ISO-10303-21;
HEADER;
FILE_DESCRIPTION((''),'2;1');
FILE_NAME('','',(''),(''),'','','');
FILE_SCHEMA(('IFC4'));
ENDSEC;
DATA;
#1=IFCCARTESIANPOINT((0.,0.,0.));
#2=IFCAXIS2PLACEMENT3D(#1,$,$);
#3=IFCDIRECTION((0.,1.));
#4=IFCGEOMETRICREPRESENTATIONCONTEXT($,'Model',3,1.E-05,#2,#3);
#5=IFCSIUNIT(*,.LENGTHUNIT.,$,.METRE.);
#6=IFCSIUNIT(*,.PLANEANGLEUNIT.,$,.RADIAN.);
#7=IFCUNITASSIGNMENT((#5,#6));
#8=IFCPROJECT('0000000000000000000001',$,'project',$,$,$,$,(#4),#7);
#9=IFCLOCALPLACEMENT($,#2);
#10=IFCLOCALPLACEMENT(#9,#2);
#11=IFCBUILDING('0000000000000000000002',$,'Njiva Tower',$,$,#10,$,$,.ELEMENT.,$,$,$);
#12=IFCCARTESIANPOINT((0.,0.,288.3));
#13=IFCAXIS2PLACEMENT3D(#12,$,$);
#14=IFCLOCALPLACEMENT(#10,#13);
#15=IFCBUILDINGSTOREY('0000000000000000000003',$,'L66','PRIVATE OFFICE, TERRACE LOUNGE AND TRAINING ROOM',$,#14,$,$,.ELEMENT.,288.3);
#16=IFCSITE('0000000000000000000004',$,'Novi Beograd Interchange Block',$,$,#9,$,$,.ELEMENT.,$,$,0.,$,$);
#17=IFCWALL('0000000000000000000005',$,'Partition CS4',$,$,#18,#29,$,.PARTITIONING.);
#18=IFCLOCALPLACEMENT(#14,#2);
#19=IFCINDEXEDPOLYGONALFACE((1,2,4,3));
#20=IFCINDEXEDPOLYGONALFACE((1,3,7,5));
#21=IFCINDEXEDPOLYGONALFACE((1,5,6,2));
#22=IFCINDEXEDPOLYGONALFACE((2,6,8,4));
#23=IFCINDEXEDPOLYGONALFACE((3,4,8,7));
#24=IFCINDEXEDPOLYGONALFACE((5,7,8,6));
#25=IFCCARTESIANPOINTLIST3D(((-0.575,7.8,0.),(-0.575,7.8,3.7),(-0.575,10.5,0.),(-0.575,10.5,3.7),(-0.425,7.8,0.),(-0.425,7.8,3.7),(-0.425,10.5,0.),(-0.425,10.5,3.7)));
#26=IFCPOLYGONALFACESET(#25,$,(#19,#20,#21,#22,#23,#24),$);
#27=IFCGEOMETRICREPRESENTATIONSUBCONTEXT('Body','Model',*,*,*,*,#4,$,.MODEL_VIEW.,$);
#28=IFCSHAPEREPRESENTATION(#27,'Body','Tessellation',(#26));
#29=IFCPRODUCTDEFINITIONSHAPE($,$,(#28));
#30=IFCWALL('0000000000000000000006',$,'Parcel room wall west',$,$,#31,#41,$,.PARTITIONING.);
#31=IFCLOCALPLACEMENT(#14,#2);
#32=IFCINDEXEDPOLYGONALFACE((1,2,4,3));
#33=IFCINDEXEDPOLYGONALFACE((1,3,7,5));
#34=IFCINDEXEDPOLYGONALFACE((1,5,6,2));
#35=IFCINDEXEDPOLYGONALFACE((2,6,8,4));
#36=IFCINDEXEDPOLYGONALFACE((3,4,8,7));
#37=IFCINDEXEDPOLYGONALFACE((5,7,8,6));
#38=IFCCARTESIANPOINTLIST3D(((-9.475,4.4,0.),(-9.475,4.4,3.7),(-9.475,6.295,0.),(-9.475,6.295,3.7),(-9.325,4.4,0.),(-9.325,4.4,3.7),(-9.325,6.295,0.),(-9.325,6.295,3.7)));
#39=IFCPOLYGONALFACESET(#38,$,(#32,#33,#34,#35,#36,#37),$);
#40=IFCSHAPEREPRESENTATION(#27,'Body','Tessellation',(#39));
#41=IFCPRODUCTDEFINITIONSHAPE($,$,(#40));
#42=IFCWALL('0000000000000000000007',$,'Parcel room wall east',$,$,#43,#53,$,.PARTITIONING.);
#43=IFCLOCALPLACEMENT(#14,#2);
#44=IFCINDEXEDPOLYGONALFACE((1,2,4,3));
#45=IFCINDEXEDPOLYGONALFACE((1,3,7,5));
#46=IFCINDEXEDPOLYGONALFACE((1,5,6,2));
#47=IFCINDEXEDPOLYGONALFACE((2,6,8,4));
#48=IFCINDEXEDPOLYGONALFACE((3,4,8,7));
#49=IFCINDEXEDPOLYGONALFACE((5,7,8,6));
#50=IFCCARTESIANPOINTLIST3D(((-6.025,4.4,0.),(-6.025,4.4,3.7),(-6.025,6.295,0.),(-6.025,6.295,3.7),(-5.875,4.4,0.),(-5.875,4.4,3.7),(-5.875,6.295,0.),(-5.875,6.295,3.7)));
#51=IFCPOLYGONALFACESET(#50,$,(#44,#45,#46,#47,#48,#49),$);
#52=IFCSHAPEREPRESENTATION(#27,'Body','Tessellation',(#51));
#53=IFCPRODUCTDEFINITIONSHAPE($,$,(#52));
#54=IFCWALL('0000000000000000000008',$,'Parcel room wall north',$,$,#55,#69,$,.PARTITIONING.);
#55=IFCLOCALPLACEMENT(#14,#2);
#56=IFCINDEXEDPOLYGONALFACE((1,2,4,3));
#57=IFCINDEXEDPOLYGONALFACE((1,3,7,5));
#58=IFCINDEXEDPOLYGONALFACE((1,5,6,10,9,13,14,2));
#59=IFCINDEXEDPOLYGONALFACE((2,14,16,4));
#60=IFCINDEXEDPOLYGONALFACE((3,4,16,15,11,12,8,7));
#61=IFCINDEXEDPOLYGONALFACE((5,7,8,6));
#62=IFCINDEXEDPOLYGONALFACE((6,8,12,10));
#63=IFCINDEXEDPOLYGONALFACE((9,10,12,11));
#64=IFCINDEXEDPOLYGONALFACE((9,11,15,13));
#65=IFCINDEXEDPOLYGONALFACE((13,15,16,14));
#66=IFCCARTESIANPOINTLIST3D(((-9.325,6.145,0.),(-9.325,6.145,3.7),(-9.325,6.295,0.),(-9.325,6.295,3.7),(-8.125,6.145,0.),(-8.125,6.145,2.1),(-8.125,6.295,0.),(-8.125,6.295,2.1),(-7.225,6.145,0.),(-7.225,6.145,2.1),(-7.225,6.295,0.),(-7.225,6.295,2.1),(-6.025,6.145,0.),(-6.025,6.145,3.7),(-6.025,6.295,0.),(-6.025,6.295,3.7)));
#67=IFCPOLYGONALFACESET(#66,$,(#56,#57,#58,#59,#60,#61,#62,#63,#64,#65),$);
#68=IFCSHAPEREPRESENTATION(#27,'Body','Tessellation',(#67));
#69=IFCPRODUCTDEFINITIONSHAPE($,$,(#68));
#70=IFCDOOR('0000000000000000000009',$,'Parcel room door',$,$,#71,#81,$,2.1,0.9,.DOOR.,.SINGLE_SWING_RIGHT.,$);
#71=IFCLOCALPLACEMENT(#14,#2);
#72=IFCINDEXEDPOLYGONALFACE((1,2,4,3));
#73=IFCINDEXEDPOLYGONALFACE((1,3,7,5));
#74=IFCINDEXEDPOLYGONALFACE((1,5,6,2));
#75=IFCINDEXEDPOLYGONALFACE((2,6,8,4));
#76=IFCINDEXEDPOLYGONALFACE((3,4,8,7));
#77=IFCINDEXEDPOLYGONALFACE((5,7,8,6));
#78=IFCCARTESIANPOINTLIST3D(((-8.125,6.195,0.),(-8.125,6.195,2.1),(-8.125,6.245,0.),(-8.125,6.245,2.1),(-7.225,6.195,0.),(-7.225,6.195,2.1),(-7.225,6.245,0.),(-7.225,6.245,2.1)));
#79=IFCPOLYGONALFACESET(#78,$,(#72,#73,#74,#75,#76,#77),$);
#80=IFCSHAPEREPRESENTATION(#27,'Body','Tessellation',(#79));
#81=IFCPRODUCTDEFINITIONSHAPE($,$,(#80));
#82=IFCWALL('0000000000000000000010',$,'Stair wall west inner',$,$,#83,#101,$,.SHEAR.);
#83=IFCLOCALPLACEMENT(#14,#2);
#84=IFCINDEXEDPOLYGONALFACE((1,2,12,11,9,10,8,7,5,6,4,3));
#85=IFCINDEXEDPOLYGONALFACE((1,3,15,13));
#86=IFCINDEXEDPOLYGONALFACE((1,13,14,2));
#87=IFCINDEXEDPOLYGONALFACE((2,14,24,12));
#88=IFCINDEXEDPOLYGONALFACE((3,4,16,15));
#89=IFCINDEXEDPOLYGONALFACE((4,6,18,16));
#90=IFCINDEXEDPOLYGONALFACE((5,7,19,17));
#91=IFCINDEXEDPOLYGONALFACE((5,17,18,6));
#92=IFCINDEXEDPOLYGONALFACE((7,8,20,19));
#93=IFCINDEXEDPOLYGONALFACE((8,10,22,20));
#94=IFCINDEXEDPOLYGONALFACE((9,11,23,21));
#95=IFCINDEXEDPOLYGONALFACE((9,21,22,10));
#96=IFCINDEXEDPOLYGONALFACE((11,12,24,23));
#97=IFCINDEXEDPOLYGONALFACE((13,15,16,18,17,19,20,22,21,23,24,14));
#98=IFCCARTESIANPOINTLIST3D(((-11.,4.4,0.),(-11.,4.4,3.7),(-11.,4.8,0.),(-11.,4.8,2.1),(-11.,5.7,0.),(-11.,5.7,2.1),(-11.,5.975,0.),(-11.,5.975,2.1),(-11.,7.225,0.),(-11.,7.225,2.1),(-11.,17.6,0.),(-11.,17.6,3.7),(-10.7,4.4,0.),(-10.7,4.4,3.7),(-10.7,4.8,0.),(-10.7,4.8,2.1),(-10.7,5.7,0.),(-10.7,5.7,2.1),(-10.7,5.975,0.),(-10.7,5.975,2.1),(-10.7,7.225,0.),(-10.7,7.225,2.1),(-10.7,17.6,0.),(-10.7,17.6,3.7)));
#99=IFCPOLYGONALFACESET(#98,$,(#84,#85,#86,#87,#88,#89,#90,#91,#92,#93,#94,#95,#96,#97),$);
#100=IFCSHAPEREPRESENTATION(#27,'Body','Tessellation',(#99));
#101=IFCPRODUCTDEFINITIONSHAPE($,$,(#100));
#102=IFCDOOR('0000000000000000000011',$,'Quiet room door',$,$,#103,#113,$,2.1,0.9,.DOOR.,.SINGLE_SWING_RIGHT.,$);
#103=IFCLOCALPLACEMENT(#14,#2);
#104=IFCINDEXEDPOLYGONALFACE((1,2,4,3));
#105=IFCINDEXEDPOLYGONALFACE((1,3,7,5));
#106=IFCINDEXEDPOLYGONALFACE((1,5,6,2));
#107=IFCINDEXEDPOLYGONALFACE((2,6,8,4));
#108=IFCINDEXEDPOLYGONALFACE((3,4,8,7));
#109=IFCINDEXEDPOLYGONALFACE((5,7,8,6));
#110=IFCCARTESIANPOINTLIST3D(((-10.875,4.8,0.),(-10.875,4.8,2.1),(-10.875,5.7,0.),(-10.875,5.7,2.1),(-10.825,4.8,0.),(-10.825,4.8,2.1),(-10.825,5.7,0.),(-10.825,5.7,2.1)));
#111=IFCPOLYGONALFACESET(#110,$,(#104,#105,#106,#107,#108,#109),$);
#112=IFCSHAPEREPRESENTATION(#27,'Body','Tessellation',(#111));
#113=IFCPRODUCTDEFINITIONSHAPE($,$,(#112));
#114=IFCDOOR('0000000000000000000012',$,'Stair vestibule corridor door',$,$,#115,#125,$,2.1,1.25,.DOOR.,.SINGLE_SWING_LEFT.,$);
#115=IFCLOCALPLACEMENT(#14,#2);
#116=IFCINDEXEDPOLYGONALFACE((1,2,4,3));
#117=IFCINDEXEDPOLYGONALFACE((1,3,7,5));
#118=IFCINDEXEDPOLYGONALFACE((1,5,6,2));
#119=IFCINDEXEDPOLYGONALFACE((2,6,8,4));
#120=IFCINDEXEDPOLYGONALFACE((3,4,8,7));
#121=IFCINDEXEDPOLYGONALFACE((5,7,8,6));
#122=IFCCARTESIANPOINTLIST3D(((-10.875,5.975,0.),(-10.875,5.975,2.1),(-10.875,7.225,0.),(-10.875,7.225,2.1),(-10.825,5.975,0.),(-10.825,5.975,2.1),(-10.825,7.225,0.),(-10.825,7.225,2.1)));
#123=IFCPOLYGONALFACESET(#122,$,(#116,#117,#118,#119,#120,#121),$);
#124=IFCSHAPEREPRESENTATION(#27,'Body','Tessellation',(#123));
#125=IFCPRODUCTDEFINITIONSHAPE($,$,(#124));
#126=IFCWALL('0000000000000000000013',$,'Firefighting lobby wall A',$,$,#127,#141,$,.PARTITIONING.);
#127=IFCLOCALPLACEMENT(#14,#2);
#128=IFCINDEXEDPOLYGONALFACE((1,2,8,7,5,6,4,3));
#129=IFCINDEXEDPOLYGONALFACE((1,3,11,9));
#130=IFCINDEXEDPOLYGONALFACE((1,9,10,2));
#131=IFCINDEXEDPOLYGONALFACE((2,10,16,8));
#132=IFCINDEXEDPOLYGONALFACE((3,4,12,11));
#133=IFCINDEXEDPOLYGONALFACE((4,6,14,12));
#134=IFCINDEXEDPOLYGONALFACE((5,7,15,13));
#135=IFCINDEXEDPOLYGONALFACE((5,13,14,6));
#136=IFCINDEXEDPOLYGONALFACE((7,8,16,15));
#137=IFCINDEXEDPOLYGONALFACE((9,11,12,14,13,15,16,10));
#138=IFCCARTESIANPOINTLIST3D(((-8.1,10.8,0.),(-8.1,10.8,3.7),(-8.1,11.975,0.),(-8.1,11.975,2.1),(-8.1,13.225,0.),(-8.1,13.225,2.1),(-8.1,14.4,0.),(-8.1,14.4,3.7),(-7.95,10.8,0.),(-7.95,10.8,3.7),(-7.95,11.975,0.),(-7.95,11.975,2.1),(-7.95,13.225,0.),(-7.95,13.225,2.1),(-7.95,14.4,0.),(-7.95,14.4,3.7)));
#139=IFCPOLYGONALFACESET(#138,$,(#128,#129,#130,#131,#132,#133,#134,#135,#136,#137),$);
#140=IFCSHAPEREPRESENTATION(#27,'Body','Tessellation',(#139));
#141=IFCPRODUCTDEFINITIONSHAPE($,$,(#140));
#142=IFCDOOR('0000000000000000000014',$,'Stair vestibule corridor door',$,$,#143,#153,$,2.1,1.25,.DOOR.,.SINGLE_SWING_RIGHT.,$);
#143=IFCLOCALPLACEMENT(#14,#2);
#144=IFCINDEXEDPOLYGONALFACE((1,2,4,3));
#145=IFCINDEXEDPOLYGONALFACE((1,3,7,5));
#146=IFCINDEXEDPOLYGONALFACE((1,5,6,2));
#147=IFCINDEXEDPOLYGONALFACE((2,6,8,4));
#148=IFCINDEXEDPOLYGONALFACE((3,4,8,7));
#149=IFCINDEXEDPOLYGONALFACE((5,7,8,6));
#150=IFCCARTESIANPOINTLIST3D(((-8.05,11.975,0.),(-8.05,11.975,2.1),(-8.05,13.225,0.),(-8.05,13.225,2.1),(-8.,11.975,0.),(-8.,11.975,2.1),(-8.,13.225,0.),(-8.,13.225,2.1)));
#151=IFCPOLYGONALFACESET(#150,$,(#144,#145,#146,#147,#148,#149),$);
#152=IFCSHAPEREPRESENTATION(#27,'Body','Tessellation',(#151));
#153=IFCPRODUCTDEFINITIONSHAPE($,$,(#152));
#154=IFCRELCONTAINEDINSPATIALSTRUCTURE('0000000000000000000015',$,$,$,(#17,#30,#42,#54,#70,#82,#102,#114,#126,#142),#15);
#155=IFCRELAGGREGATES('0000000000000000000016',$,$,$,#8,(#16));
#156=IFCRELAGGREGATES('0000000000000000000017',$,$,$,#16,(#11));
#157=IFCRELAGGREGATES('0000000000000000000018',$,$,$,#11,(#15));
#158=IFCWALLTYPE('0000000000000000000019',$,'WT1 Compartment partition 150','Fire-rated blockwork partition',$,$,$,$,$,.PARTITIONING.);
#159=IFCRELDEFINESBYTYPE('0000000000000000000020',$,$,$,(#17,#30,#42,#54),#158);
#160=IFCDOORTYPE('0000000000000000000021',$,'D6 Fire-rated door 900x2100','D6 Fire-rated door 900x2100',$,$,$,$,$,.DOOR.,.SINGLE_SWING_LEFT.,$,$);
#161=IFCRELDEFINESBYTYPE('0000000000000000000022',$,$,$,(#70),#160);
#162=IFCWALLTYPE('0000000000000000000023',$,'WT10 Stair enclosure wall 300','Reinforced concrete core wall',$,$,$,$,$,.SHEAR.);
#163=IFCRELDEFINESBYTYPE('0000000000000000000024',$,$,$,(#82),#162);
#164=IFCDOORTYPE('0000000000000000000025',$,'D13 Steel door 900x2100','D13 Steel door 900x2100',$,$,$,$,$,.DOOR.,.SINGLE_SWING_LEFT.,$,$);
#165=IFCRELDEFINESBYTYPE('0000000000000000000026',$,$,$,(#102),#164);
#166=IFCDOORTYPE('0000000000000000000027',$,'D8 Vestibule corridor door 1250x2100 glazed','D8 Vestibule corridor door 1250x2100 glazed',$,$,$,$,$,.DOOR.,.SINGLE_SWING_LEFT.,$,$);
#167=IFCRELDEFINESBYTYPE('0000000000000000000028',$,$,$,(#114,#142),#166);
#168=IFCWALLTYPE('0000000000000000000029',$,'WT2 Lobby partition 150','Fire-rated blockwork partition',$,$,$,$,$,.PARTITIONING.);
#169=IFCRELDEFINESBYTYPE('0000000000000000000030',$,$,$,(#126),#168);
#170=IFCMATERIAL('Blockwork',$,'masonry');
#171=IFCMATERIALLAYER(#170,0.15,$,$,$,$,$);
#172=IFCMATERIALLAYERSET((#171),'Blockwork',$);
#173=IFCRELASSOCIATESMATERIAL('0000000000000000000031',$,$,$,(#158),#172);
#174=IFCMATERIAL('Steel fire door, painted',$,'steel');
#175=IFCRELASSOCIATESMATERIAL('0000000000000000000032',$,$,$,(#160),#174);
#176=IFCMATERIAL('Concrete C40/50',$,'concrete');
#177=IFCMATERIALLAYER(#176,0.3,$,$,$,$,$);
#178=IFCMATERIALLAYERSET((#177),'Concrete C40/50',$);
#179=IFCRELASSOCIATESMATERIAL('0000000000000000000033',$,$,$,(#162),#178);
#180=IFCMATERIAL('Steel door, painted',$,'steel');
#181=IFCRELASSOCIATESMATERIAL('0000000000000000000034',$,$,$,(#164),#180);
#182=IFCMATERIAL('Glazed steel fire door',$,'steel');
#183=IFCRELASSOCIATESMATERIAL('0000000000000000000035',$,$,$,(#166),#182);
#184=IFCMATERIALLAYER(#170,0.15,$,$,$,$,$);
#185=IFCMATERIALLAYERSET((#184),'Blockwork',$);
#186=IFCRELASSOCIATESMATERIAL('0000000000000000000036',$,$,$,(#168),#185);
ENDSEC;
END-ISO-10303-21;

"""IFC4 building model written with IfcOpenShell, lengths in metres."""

from ifc_helpers import new_model, si_unit, direction, frame, frame_2d, origin, place, context, subcontext, project, spatial, rectangle, extrude, material, layer, layer_set, type_object, element, fill, save


model = new_model("IFC4")

# Units and contexts
model_context = context("Model", 3, precision=1e-05, world=origin(), true_north=direction((0.0, 1.0)))
body_context = subcontext(model_context, "Body", "Model", "MODEL_VIEW")
ifc_project = project(units=[si_unit("LENGTHUNIT", "METRE"), si_unit("PLANEANGLEUNIT", "RADIAN")], contexts=[model_context])

# Site, building, storey
site_placement = place(None, origin())
site = spatial("IfcSite", under=ifc_project, at=site_placement, Name="Novi Beograd Interchange Block", CompositionType="ELEMENT", RefElevation=0.0)
building_placement = place(site_placement, origin())
building = spatial("IfcBuilding", under=site, at=building_placement, Name="Njiva Tower", CompositionType="ELEMENT")
storey_placement = place(building_placement, frame((0.0, 0.0, 288.3)))
storey = spatial("IfcBuildingStorey", under=building, at=storey_placement, Name="L66", Description="PRIVATE OFFICE, TERRACE LOUNGE AND TRAINING ROOM", CompositionType="ELEMENT", Elevation=288.3)

# Walls
ifc_material_1 = material(Name="Blockwork", Category="masonry")
ifc_layer_1 = layer(ifc_material_1, 0.15)
ifc_layer_set_1 = layer_set([ifc_layer_1], Name="Blockwork")
wall_type_1 = type_object("IfcWallType", Name="WT1 Compartment partition 150", Description="Fire-rated blockwork partition", PredefinedType="PARTITIONING", material=ifc_layer_set_1)
wall_1_placement = place(storey_placement, frame((-0.5, 7.8, 0.0), z_axis=(0.0, 0.0, 1.0), x_axis=(0.0, 1.0, 0.0)))
element("IfcWall", 1, at=wall_1_placement, inside=storey, type_object=wall_type_1, Name="Partition CS4", PredefinedType="PARTITIONING", context=body_context, shape_type="SweptSolid", body=[
    extrude(rectangle(XDim=2.7, YDim=0.15, at=frame_2d((1.35, 0.0))), origin(), (0.0, 0.0, 1.0), 3.7),
])
for number, where, z_axis, x_axis, name in (
    (2, (-9.4, 4.4, 0.0), (0.0, 0.0, 1.0), (0.0, 1.0, 0.0), "Parcel room wall west"),
    (3, (-5.95, 4.4, 0.0), (0.0, 0.0, 1.0), (0.0, 1.0, 0.0), "Parcel room wall east"),
):
    element("IfcWall", number, at=place(storey_placement, frame(where, z_axis=z_axis, x_axis=x_axis)), inside=storey, type_object=wall_type_1, Name=name, PredefinedType="PARTITIONING", context=body_context, shape_type="SweptSolid", body=[
        extrude(rectangle(XDim=1.895, YDim=0.15, at=frame_2d((0.9475, 0.0))), origin(), (0.0, 0.0, 1.0), 3.7),
    ])

# Wall, opening, door
wall_2_placement = place(storey_placement, frame((-9.325, 6.22, 0.0), z_axis=(0.0, 0.0, 1.0), x_axis=(1.0, 0.0, 0.0)))
wall_2 = element("IfcWall", 4, at=wall_2_placement, inside=storey, type_object=wall_type_1, Name="Parcel room wall north", PredefinedType="PARTITIONING", context=body_context, shape_type="SweptSolid", body=[
    extrude(rectangle(XDim=3.3, YDim=0.15, at=frame_2d((1.65, 0.0))), origin(), (0.0, 0.0, 1.0), 3.7),
])
opening_1_placement = place(wall_2_placement, frame((1.2, 0.0, 0.0)))
opening_1 = element("IfcOpeningElement", 5, at=opening_1_placement, cuts=wall_2, PredefinedType="OPENING", context=body_context, shape_type="SweptSolid", body=[
    extrude(rectangle(XDim=0.9, YDim=2.1, at=frame_2d((0.45, 1.05))), frame((0.0, 0.085, 0.0), z_axis=(0.0, -1.0, 0.0), x_axis=(1.0, 0.0, 0.0)), (0.0, 0.0, 1.0), 0.17),
])
ifc_material_2 = material(Name="Steel fire door, painted", Category="steel")
door_type_1 = type_object("IfcDoorType", Name="D6 Fire-rated door 900x2100", Description="D6 Fire-rated door 900x2100", OperationType="SINGLE_SWING_LEFT", PredefinedType="DOOR", material=ifc_material_2)
door_1_placement = place(opening_1_placement, origin())
door_1 = element("IfcDoor", 6, at=door_1_placement, inside=storey, type_object=door_type_1, Name="Parcel room door", OperationType="SINGLE_SWING_RIGHT", OverallHeight=2.1, OverallWidth=0.9, PredefinedType="DOOR", context=body_context, shape_type="SweptSolid", body=[
    extrude(rectangle(XDim=0.9, YDim=2.1, at=frame_2d((0.45, 1.05))), frame((0.0, 0.025, 0.0), z_axis=(0.0, -1.0, 0.0), x_axis=(1.0, 0.0, 0.0)), (0.0, 0.0, 1.0), 0.05),
])
fill(opening_1, door_1)

# Wall, openings, doors
ifc_material_3 = material(Name="Concrete C40/50", Category="concrete")
ifc_layer_2 = layer(ifc_material_3, 0.3)
ifc_layer_set_2 = layer_set([ifc_layer_2], Name="Concrete C40/50")
wall_type_2 = type_object("IfcWallType", Name="WT10 Stair enclosure wall 300", Description="Reinforced concrete core wall", PredefinedType="SHEAR", material=ifc_layer_set_2)
wall_3_placement = place(storey_placement, frame((-10.85, 4.4, 0.0), z_axis=(0.0, 0.0, 1.0), x_axis=(0.0, 1.0, 0.0)))
wall_3 = element("IfcWall", 7, at=wall_3_placement, inside=storey, type_object=wall_type_2, Name="Stair wall west inner", PredefinedType="SHEAR", context=body_context, shape_type="SweptSolid", body=[
    extrude(rectangle(XDim=13.2, YDim=0.3, at=frame_2d((6.6, 0.0))), origin(), (0.0, 0.0, 1.0), 3.7),
])
opening_2_placement = place(wall_3_placement, frame((1.575, 0.0, 0.0)))
opening_2 = element("IfcOpeningElement", 8, at=opening_2_placement, cuts=wall_3, PredefinedType="OPENING", context=body_context, shape_type="SweptSolid", body=[
    extrude(rectangle(XDim=1.25, YDim=2.1, at=frame_2d((0.625, 1.05))), frame((0.0, 0.16, 0.0), z_axis=(0.0, -1.0, 0.0), x_axis=(1.0, 0.0, 0.0)), (0.0, 0.0, 1.0), 0.32),
])
opening_3_placement = place(wall_3_placement, frame((0.4, 0.0, 0.0)))
opening_3 = element("IfcOpeningElement", 9, at=opening_3_placement, cuts=wall_3, PredefinedType="OPENING", context=body_context, shape_type="SweptSolid", body=[
    extrude(rectangle(XDim=0.9, YDim=2.1, at=frame_2d((0.45, 1.05))), frame((0.0, 0.16, 0.0), z_axis=(0.0, -1.0, 0.0), x_axis=(1.0, 0.0, 0.0)), (0.0, 0.0, 1.0), 0.32),
])
ifc_material_4 = material(Name="Steel door, painted", Category="steel")
door_type_2 = type_object("IfcDoorType", Name="D13 Steel door 900x2100", Description="D13 Steel door 900x2100", OperationType="SINGLE_SWING_LEFT", PredefinedType="DOOR", material=ifc_material_4)
door_2_placement = place(opening_3_placement, origin())
door_2 = element("IfcDoor", 10, at=door_2_placement, inside=storey, type_object=door_type_2, Name="Quiet room door", OperationType="SINGLE_SWING_RIGHT", OverallHeight=2.1, OverallWidth=0.9, PredefinedType="DOOR", context=body_context, shape_type="SweptSolid", body=[
    extrude(rectangle(XDim=0.9, YDim=2.1, at=frame_2d((0.45, 1.05))), frame((0.0, 0.025, 0.0), z_axis=(0.0, -1.0, 0.0), x_axis=(1.0, 0.0, 0.0)), (0.0, 0.0, 1.0), 0.05),
])
fill(opening_3, door_2)
ifc_material_5 = material(Name="Glazed steel fire door", Category="steel")
door_type_3 = type_object("IfcDoorType", Name="D8 Vestibule corridor door 1250x2100 glazed", Description="D8 Vestibule corridor door 1250x2100 glazed", OperationType="SINGLE_SWING_LEFT", PredefinedType="DOOR", material=ifc_material_5)
door_3_placement = place(opening_2_placement, origin())
door_3 = element("IfcDoor", 11, at=door_3_placement, inside=storey, type_object=door_type_3, Name="Stair vestibule corridor door", OperationType="SINGLE_SWING_LEFT", OverallHeight=2.1, OverallWidth=1.25, PredefinedType="DOOR", context=body_context, shape_type="SweptSolid", body=[
    extrude(rectangle(XDim=1.25, YDim=2.1, at=frame_2d((0.625, 1.05))), frame((0.0, 0.025, 0.0), z_axis=(0.0, -1.0, 0.0), x_axis=(1.0, 0.0, 0.0)), (0.0, 0.0, 1.0), 0.05),
])
fill(opening_2, door_3)

# Wall, opening, door
ifc_layer_3 = layer(ifc_material_1, 0.15)
ifc_layer_set_3 = layer_set([ifc_layer_3], Name="Blockwork")
wall_type_3 = type_object("IfcWallType", Name="WT2 Lobby partition 150", Description="Fire-rated blockwork partition", PredefinedType="PARTITIONING", material=ifc_layer_set_3)
wall_4_placement = place(storey_placement, frame((-8.025, 10.8, 0.0), z_axis=(0.0, 0.0, 1.0), x_axis=(0.0, 1.0, 0.0)))
wall_4 = element("IfcWall", 12, at=wall_4_placement, inside=storey, type_object=wall_type_3, Name="Firefighting lobby wall A", PredefinedType="PARTITIONING", context=body_context, shape_type="SweptSolid", body=[
    extrude(rectangle(XDim=3.6, YDim=0.15, at=frame_2d((1.8, 0.0))), origin(), (0.0, 0.0, 1.0), 3.7),
])
opening_4_placement = place(wall_4_placement, frame((1.175, 0.0, 0.0)))
opening_4 = element("IfcOpeningElement", 13, at=opening_4_placement, cuts=wall_4, PredefinedType="OPENING", context=body_context, shape_type="SweptSolid", body=[
    extrude(rectangle(XDim=1.25, YDim=2.1, at=frame_2d((0.625, 1.05))), frame((0.0, 0.085, 0.0), z_axis=(0.0, -1.0, 0.0), x_axis=(1.0, 0.0, 0.0)), (0.0, 0.0, 1.0), 0.17),
])
door_4_placement = place(opening_4_placement, origin())
door_4 = element("IfcDoor", 14, at=door_4_placement, inside=storey, type_object=door_type_3, Name="Stair vestibule corridor door", OperationType="SINGLE_SWING_RIGHT", OverallHeight=2.1, OverallWidth=1.25, PredefinedType="DOOR", context=body_context, shape_type="SweptSolid", body=[
    extrude(rectangle(XDim=1.25, YDim=2.1, at=frame_2d((0.625, 1.05))), frame((0.0, 0.025, 0.0), z_axis=(0.0, -1.0, 0.0), x_axis=(1.0, 0.0, 0.0)), (0.0, 0.0, 1.0), 0.05),
])
fill(opening_4, door_4)

save(model, "model.ifc")
